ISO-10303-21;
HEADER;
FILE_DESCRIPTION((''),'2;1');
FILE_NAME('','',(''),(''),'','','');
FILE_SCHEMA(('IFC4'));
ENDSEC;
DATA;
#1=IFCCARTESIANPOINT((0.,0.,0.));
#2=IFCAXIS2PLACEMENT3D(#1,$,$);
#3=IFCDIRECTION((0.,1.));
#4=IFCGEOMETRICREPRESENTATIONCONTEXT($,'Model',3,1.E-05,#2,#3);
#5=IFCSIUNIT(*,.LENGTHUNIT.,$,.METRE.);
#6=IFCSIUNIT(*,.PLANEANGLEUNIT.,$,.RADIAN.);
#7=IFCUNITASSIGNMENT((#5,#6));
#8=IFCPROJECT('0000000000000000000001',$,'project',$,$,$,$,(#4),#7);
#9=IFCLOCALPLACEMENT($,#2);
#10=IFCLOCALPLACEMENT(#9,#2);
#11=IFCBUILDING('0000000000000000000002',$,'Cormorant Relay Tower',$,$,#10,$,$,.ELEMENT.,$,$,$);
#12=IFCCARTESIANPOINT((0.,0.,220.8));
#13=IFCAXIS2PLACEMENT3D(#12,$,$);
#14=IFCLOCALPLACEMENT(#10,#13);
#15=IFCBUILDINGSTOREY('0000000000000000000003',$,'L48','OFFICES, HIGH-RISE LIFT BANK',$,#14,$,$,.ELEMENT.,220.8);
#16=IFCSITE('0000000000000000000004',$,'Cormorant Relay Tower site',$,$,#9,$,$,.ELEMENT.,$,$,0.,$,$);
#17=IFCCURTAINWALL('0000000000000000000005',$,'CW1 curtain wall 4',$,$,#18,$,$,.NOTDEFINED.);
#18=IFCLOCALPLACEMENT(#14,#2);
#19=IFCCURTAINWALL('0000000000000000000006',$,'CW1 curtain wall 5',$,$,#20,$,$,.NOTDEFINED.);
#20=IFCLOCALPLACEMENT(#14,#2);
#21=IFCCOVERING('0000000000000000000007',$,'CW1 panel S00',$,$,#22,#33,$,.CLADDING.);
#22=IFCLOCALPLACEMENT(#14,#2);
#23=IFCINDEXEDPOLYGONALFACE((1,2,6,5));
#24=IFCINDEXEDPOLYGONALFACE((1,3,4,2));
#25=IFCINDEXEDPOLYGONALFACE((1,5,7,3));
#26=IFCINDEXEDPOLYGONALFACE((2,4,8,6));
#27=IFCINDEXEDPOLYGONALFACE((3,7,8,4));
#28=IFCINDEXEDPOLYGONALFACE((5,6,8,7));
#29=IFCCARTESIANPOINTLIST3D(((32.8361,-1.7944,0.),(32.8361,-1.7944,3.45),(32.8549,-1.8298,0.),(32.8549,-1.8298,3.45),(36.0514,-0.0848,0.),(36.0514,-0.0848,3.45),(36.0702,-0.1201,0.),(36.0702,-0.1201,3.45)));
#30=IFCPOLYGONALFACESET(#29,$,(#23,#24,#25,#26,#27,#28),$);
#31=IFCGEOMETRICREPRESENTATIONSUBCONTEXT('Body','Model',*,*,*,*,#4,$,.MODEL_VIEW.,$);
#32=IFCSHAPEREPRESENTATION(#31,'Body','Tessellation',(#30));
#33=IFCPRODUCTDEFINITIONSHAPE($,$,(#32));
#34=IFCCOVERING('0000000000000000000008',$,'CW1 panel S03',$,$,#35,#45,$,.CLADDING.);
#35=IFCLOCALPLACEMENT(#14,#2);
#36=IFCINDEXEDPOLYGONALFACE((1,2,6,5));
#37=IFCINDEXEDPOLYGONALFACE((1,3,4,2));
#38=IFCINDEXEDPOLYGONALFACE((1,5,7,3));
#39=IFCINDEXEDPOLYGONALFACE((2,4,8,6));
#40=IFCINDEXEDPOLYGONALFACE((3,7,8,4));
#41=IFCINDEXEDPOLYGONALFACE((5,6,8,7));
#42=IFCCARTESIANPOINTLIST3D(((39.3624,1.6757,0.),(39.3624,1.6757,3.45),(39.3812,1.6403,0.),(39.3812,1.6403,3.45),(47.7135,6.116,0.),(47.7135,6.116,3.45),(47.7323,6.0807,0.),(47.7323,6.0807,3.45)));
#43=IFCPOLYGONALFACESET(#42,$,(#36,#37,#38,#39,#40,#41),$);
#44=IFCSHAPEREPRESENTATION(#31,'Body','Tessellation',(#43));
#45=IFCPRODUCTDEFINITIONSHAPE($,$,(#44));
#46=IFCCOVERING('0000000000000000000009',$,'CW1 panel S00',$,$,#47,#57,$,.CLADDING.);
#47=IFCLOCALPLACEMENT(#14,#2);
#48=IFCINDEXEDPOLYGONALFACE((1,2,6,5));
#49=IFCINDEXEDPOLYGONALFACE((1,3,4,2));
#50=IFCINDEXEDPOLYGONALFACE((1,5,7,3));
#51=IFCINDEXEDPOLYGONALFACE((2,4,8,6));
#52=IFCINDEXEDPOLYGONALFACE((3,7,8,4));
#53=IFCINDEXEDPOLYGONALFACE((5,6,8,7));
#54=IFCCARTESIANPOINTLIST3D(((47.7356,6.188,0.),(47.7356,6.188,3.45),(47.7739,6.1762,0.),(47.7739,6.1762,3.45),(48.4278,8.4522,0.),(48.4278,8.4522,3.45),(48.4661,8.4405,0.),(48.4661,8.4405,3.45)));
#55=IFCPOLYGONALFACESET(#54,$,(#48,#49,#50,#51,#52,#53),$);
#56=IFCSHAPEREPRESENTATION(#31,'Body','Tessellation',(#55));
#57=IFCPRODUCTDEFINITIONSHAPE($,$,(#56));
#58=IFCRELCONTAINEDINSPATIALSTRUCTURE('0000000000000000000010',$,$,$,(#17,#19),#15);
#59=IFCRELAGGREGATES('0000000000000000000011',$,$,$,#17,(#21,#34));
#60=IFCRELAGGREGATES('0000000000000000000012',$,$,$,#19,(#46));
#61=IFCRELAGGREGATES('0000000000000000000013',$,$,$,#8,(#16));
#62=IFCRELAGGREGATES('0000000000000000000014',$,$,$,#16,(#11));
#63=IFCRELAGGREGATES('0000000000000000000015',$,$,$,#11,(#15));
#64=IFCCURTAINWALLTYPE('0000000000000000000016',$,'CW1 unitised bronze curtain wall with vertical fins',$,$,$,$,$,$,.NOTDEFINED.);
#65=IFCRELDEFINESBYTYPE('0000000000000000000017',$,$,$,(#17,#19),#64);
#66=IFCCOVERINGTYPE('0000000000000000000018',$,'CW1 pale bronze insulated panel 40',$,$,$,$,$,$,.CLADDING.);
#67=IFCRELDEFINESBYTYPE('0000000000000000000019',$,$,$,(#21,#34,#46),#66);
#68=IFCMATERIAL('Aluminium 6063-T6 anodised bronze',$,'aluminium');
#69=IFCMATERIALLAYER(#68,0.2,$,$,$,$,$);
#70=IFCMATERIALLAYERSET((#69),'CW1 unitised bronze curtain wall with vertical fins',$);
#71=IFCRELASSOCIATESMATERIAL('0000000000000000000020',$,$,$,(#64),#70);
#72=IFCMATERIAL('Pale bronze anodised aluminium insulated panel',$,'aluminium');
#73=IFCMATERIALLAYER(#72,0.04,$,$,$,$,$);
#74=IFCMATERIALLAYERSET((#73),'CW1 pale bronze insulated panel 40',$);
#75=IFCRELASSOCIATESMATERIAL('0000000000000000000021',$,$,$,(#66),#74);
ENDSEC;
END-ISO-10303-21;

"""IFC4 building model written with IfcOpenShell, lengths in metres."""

from ifc_helpers import new_model, si_unit, direction, frame, origin, origin_2d, place, context, subcontext, project, spatial, rectangle, extrude, material, layer, layer_set, type_object, element, aggregate, save


model = new_model("IFC4")

# Units and contexts
model_context = context("Model", 3, precision=1e-05, world=origin(), true_north=direction((0.0, 1.0)))
body_context = subcontext(model_context, "Body", "Model", "MODEL_VIEW")
ifc_project = project(units=[si_unit("LENGTHUNIT", "METRE"), si_unit("PLANEANGLEUNIT", "RADIAN")], contexts=[model_context])

# Site, building, storey
site_placement = place(None, origin())
site = spatial("IfcSite", under=ifc_project, at=site_placement, Name="Cormorant Relay Tower site", CompositionType="ELEMENT", RefElevation=0.0)
building_placement = place(site_placement, origin())
building = spatial("IfcBuilding", under=site, at=building_placement, Name="Cormorant Relay Tower", CompositionType="ELEMENT")
storey_placement = place(building_placement, frame((0.0, 0.0, 220.8)))
storey = spatial("IfcBuildingStorey", under=building, at=storey_placement, Name="L48", Description="OFFICES, HIGH-RISE LIFT BANK", CompositionType="ELEMENT", Elevation=220.8)

# Shared definitions
ifc_material_1 = material(Name="Aluminium 6063-T6 anodised bronze", Category="aluminium")
ifc_layer_1 = layer(ifc_material_1, 0.2)
ifc_layer_set_1 = layer_set([ifc_layer_1], Name="CW1 unitised bronze curtain wall with vertical fins")
curtain_wall_type = type_object("IfcCurtainWallType", Name="CW1 unitised bronze curtain wall with vertical fins", PredefinedType="NOTDEFINED", material=ifc_layer_set_1)

# Curtain wall
curtain_wall_1_placement = place(storey_placement, origin())
curtain_wall_1 = element("IfcCurtainWall", 1, at=curtain_wall_1_placement, inside=storey, type_object=curtain_wall_type, Name="CW1 curtain wall 4", PredefinedType="NOTDEFINED")

# Curtain wall
curtain_wall_2_placement = place(storey_placement, origin())
curtain_wall_2 = element("IfcCurtainWall", 2, at=curtain_wall_2_placement, inside=storey, type_object=curtain_wall_type, Name="CW1 curtain wall 5", PredefinedType="NOTDEFINED")

# Coverings
ifc_material_2 = material(Name="Pale bronze anodised aluminium insulated panel", Category="aluminium")
ifc_layer_2 = layer(ifc_material_2, 0.04)
ifc_layer_set_2 = layer_set([ifc_layer_2], Name="CW1 pale bronze insulated panel 40")
covering_type = type_object("IfcCoveringType", Name="CW1 pale bronze insulated panel 40", PredefinedType="CLADDING", material=ifc_layer_set_2)
covering_1_placement = place(storey_placement, frame((34.4531, -0.9573, 0.0), z_axis=(0.0, 0.0, 1.0), x_axis=(0.882948, 0.469472, 0.0)))
covering_1 = element("IfcCovering", 3, at=covering_1_placement, type_object=covering_type, Name="CW1 panel S00", PredefinedType="CLADDING", context=body_context, shape_type="SweptSolid", body=[
    extrude(rectangle(XDim=3.6416, YDim=0.04, at=origin_2d()), origin(), (0.0, 0.0, 1.0), 3.45),
])
covering_2_placement = place(storey_placement, frame((43.5474, 3.8782, 0.0), z_axis=(0.0, 0.0, 1.0), x_axis=(0.882948, 0.469472, 0.0)))
covering_2 = element("IfcCovering", 4, at=covering_2_placement, type_object=covering_type, Name="CW1 panel S03", PredefinedType="CLADDING", context=body_context, shape_type="SweptSolid", body=[
    extrude(rectangle(XDim=9.4583, YDim=0.04, at=origin_2d()), origin(), (0.0, 0.0, 1.0), 3.45),
])
aggregate(curtain_wall_1, [covering_1, covering_2])
covering_3_placement = place(storey_placement, frame((48.1008, 7.3142, 0.0), z_axis=(0.0, 0.0, 1.0), x_axis=(0.292372, 0.956305, 0.0)))
covering_3 = element("IfcCovering", 5, at=covering_3_placement, type_object=covering_type, Name="CW1 panel S00", PredefinedType="CLADDING", context=body_context, shape_type="SweptSolid", body=[
    extrude(rectangle(XDim=2.3677, YDim=0.04, at=origin_2d()), origin(), (0.0, 0.0, 1.0), 3.45),
])
aggregate(curtain_wall_2, [covering_3])

save(model, "model.ifc")
